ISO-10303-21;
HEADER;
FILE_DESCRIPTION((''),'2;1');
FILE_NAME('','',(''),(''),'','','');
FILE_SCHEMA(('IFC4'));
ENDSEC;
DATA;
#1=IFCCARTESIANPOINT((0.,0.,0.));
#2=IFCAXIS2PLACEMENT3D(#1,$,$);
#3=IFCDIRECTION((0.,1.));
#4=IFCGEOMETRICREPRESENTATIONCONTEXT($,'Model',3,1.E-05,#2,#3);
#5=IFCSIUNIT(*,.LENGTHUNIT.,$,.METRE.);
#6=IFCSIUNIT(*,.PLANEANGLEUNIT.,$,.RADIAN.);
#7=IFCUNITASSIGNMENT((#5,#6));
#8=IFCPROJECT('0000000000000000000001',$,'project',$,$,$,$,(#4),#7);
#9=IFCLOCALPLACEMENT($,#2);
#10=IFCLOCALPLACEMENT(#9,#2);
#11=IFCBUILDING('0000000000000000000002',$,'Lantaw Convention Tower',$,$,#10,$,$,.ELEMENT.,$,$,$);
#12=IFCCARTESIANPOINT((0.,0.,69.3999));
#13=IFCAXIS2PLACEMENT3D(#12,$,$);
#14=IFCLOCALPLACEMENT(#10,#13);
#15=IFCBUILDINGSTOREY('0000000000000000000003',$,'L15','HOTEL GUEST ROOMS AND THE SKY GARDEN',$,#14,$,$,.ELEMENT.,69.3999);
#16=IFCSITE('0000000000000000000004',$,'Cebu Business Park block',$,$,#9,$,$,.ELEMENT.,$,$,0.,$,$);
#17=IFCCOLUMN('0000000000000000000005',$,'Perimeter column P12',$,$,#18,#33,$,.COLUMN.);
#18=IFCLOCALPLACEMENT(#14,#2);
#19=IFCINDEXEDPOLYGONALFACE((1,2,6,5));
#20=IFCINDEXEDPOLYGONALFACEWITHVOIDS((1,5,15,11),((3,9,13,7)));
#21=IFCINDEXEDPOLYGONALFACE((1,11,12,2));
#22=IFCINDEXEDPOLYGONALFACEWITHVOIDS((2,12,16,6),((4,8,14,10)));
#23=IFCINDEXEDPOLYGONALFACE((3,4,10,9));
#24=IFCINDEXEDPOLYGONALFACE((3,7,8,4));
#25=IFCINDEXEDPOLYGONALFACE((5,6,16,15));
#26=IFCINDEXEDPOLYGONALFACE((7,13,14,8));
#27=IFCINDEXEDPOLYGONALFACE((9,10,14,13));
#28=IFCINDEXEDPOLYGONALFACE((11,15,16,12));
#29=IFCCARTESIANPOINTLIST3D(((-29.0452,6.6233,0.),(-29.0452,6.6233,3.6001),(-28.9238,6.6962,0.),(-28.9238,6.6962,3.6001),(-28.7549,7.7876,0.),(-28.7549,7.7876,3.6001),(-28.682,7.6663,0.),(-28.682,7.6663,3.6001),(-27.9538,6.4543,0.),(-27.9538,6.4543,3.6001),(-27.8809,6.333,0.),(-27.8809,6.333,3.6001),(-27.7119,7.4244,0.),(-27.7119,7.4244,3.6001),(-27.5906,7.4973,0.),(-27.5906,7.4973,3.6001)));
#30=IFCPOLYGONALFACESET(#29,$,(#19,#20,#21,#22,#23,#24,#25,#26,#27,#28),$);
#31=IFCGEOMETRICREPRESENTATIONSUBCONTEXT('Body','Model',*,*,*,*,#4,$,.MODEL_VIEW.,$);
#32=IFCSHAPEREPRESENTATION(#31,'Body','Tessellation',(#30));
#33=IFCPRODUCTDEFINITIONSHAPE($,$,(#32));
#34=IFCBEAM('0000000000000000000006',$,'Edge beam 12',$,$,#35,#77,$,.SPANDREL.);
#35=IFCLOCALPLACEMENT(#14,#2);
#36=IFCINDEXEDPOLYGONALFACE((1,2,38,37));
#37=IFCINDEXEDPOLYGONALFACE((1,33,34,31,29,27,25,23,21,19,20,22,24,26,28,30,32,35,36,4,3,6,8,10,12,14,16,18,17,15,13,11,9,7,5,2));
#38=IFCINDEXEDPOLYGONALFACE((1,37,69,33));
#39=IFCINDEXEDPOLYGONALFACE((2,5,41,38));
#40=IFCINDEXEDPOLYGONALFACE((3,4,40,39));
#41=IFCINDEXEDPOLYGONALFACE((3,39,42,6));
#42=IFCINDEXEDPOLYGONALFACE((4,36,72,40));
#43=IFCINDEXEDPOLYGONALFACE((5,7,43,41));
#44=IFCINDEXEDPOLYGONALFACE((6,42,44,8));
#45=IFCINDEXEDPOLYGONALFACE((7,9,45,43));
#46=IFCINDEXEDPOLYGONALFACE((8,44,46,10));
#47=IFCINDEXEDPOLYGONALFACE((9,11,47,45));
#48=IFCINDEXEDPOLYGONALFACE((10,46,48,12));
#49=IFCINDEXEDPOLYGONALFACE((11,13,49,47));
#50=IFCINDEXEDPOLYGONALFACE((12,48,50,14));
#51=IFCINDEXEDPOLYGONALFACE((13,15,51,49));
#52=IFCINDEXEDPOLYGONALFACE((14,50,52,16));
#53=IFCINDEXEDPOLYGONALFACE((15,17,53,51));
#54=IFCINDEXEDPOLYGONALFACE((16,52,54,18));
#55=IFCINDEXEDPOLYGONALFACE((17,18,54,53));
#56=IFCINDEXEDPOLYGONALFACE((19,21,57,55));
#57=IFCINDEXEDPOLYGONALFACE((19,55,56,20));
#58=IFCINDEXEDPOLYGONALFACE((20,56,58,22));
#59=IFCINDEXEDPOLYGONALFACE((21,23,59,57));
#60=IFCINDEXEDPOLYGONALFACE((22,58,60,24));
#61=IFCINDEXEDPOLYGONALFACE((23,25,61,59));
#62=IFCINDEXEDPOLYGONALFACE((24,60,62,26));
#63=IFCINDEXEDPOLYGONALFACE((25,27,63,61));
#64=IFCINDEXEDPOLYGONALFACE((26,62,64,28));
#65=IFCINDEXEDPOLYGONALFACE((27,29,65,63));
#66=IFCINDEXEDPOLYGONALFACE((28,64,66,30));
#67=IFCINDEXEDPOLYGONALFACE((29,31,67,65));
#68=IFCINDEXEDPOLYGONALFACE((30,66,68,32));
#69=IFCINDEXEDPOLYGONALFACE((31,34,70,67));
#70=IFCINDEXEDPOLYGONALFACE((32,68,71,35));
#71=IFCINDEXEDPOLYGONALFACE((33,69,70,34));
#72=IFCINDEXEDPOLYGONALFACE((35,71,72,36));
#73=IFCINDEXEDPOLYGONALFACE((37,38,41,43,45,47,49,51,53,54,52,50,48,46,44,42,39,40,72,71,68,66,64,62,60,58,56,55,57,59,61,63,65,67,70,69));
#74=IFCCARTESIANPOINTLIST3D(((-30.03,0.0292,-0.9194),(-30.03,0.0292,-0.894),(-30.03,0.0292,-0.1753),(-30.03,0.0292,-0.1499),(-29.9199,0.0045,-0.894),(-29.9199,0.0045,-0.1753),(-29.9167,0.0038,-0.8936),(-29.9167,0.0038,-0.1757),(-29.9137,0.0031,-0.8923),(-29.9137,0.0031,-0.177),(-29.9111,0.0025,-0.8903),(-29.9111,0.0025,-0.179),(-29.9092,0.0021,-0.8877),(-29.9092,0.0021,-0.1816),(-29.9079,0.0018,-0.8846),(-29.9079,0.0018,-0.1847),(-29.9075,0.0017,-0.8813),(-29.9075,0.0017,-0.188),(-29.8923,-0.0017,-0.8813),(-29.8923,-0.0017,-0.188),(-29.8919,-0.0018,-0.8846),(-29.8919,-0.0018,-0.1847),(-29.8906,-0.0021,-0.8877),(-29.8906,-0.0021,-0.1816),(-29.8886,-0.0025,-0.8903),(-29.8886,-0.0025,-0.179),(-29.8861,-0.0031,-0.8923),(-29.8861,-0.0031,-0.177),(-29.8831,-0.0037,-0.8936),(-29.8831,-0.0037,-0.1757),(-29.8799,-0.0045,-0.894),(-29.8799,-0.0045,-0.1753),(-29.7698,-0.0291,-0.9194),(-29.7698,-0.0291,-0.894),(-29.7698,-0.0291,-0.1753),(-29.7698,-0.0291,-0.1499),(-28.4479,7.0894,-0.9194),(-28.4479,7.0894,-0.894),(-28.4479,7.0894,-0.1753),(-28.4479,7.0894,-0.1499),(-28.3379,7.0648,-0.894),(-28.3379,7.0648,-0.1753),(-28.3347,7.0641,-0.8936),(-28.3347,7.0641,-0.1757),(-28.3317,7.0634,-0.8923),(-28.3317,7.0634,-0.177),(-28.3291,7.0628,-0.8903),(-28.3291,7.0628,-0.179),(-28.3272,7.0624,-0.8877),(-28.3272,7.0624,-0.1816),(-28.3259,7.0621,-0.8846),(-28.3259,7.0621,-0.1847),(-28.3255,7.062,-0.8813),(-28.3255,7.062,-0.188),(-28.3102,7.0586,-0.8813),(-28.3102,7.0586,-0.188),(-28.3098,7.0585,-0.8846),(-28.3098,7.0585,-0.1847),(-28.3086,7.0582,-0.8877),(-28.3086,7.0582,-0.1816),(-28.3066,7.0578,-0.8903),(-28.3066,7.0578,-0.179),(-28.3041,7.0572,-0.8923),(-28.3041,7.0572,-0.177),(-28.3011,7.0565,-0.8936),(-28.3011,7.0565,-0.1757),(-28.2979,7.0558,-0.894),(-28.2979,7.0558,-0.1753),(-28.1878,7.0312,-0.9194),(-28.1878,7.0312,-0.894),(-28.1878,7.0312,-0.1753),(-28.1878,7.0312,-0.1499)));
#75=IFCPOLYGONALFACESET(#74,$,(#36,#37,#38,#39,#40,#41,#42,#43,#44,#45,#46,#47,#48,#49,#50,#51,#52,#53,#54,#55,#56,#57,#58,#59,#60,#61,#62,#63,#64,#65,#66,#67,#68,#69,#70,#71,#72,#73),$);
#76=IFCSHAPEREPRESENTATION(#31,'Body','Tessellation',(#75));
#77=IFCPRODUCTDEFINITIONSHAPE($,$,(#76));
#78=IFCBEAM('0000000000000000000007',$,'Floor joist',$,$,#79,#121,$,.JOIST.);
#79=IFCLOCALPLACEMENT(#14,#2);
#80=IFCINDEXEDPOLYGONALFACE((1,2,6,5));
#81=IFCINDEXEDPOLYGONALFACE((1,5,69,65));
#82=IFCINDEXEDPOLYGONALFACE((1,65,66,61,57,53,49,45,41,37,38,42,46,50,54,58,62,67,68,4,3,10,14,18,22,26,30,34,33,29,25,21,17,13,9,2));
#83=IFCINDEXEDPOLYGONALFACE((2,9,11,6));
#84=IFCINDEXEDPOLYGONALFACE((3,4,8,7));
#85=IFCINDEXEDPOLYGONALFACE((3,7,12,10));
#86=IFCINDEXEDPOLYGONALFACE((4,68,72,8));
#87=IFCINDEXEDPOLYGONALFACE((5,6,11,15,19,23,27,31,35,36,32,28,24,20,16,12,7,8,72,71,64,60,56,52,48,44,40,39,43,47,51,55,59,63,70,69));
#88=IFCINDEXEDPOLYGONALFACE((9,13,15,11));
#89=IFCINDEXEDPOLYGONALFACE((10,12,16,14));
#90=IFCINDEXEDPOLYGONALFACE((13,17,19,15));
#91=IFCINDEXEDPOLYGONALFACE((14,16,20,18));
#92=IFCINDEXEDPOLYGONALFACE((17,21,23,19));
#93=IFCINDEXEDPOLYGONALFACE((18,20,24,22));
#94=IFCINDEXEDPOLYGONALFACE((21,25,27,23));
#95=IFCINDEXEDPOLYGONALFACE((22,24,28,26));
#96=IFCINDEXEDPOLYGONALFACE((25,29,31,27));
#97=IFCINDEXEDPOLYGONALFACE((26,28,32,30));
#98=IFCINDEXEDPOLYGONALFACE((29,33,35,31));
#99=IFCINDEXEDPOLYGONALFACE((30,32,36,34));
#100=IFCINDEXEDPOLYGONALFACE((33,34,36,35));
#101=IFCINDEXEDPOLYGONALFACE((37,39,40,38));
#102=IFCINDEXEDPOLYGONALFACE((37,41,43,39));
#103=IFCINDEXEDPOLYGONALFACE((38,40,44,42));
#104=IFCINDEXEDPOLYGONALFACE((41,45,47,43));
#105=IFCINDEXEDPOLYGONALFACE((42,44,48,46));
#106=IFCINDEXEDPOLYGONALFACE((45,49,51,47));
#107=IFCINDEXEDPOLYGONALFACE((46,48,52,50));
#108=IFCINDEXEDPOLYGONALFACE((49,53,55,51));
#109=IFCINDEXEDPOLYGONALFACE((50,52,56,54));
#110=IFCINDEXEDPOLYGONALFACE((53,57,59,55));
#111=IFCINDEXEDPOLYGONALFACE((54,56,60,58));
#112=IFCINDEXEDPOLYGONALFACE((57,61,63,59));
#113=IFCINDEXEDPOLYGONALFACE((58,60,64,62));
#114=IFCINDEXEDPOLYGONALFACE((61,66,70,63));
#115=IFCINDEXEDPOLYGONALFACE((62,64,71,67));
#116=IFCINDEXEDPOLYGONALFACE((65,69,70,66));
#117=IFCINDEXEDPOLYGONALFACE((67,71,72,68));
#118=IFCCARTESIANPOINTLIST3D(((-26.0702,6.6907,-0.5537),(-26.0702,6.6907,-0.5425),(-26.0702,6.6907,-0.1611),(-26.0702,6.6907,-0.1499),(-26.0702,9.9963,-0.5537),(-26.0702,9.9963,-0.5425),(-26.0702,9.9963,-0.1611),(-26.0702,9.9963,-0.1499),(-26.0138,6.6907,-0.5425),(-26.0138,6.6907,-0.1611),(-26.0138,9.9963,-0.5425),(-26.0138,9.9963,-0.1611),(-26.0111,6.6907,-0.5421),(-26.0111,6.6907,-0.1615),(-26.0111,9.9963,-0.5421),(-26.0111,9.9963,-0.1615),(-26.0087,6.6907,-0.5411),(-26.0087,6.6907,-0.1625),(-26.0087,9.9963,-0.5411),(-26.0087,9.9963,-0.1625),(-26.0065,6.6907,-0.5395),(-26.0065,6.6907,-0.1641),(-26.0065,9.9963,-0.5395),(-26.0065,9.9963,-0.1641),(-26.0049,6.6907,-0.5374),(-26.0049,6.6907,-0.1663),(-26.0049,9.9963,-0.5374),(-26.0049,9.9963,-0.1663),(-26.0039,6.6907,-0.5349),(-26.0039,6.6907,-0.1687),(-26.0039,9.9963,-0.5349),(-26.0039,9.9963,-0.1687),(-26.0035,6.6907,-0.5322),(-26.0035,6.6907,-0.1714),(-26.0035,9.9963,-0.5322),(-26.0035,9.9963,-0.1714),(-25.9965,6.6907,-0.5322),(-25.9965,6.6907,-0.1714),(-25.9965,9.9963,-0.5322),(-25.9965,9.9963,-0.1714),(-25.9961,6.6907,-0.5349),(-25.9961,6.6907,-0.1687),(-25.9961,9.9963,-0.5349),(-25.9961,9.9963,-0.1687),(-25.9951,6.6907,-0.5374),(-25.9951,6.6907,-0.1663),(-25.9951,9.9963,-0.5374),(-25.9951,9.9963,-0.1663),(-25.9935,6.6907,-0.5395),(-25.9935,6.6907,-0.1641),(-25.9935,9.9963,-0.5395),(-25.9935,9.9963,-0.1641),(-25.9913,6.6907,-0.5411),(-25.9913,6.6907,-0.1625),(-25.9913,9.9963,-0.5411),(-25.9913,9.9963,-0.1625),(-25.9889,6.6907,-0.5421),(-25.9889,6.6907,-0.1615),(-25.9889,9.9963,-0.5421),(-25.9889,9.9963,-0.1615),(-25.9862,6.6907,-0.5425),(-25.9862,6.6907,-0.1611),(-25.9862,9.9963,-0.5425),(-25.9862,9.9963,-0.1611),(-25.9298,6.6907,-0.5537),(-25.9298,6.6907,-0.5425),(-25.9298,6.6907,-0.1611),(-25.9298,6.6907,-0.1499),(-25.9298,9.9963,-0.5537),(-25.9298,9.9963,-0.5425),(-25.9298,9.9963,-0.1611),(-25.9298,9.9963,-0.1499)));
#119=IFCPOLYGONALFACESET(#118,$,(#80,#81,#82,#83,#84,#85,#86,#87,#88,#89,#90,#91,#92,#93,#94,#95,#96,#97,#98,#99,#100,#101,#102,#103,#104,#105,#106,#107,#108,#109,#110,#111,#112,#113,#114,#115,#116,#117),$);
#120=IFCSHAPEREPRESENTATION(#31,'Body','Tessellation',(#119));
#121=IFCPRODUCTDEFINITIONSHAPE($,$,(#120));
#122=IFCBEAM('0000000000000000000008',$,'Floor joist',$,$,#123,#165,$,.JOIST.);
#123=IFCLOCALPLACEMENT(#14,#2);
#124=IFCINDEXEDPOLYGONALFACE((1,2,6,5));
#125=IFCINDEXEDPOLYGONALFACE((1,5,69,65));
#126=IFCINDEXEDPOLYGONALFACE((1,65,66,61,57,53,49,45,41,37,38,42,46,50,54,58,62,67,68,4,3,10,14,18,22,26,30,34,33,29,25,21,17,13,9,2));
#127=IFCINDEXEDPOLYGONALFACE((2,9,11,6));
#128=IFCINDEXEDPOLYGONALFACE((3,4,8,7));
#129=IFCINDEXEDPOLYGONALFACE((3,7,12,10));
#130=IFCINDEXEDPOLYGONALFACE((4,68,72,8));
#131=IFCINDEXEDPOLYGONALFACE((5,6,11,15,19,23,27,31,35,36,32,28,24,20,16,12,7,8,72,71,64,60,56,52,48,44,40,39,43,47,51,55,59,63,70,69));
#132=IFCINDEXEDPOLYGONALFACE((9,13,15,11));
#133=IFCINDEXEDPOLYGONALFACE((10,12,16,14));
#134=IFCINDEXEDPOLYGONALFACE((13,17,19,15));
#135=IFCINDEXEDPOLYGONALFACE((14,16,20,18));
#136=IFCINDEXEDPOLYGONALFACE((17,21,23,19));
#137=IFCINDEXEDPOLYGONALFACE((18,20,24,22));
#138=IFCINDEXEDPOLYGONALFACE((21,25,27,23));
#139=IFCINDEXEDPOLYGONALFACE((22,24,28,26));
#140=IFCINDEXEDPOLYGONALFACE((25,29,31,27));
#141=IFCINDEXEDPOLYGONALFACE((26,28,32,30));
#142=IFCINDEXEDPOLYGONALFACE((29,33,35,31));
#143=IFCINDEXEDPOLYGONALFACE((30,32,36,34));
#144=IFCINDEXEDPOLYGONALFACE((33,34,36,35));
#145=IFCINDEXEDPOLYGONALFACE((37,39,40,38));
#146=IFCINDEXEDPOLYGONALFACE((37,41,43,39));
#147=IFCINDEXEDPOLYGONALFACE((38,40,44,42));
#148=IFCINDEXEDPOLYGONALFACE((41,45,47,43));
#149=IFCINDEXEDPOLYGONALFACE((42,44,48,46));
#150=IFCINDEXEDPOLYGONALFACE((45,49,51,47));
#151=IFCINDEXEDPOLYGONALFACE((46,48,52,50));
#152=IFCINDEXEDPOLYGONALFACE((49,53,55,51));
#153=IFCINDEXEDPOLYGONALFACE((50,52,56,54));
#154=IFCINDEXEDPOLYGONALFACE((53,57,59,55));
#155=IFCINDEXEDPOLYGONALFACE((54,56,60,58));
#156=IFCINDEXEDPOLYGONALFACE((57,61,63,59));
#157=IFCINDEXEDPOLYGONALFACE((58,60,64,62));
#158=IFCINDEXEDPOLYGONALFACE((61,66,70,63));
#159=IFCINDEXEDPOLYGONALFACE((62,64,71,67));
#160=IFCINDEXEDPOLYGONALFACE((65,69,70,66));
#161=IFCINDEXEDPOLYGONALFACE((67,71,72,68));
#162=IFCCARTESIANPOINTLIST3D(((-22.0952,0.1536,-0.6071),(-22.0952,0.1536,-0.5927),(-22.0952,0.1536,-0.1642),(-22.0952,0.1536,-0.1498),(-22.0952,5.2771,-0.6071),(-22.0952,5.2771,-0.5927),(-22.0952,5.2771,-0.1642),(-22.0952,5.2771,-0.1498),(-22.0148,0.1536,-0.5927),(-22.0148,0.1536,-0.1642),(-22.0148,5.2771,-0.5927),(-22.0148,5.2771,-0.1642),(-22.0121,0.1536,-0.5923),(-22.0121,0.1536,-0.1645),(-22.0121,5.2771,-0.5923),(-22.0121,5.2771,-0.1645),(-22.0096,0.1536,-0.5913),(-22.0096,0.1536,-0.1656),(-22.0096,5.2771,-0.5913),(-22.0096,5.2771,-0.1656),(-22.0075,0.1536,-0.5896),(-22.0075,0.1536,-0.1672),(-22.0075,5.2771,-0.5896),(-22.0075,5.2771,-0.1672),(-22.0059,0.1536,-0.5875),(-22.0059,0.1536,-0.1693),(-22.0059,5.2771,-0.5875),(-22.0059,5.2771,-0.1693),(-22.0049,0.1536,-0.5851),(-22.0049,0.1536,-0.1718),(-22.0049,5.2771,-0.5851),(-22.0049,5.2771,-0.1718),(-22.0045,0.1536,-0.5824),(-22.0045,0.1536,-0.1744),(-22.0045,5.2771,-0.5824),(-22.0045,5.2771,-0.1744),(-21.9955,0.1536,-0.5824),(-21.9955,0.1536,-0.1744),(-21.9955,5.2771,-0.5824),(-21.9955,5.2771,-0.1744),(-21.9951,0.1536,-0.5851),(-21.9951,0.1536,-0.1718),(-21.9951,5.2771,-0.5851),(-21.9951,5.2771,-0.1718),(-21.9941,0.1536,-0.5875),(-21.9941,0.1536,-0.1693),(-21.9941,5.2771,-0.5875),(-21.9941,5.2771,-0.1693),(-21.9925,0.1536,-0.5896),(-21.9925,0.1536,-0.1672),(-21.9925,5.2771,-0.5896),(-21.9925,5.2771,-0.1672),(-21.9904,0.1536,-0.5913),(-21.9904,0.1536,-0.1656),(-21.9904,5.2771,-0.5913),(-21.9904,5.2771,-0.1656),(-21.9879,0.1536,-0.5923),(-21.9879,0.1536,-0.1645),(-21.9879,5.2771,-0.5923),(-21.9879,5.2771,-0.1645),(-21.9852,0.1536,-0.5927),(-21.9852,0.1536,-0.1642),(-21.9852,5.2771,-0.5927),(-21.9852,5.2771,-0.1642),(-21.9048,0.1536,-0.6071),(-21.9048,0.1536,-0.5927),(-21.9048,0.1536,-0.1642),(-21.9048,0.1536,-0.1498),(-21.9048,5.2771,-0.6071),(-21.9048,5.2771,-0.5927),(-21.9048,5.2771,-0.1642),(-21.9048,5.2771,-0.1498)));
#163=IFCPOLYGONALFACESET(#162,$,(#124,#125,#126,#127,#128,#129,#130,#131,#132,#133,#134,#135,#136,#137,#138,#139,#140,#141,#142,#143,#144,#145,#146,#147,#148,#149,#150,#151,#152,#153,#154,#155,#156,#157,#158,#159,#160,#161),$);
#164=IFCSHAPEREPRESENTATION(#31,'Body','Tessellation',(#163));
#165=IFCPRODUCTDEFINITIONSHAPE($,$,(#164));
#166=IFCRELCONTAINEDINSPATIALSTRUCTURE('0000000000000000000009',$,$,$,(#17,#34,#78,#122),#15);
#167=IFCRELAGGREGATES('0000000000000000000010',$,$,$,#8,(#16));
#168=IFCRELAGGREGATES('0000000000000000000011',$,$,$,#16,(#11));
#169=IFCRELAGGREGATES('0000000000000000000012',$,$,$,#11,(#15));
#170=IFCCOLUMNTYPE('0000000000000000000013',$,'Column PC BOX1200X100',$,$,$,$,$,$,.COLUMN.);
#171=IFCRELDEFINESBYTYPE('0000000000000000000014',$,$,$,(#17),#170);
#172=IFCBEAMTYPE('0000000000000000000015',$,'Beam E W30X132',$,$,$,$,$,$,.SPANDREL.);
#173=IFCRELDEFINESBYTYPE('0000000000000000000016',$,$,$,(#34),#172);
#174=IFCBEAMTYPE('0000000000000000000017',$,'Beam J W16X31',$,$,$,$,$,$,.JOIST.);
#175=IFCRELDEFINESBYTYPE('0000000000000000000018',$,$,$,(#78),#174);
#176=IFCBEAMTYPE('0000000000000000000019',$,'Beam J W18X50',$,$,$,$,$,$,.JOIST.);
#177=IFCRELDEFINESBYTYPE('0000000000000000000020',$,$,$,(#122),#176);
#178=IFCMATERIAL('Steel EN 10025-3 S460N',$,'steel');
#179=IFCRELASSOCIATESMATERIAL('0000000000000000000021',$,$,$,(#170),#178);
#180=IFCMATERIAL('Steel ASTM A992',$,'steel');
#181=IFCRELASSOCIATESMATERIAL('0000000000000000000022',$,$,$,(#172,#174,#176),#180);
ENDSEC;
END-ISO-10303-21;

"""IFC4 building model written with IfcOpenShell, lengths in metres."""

from ifc_helpers import new_model, si_unit, direction, frame, origin, origin_2d, place, context, subcontext, project, spatial, rectangle, hollow_rectangle, i_section, extrude, material, material_profile, profile_set, type_object, element, save


model = new_model("IFC4")

# Units and contexts
model_context = context("Model", 3, precision=1e-05, world=origin(), true_north=direction((0.0, 1.0)))
body_context = subcontext(model_context, "Body", "Model", "MODEL_VIEW")
ifc_project = project(units=[si_unit("LENGTHUNIT", "METRE"), si_unit("PLANEANGLEUNIT", "RADIAN")], contexts=[model_context])

# Site, building, storey
site_placement = place(None, origin())
site = spatial("IfcSite", under=ifc_project, at=site_placement, Name="Cebu Business Park block", CompositionType="ELEMENT", RefElevation=0.0)
building_placement = place(site_placement, origin())
building = spatial("IfcBuilding", under=site, at=building_placement, Name="Lantaw Convention Tower", CompositionType="ELEMENT")
storey_placement = place(building_placement, frame((0.0, 0.0, 69.3999)))
storey = spatial("IfcBuildingStorey", under=building, at=storey_placement, Name="L15", Description="HOTEL GUEST ROOMS AND THE SKY GARDEN", CompositionType="ELEMENT", Elevation=69.3999)

# Column
ifc_material_1 = material(Name="Steel EN 10025-3 S460N", Category="steel")
ifc_material_profile_1 = material_profile(ifc_material_1, hollow_rectangle(XDim=1.2, YDim=1.2, WallThickness=0.1001, at=origin_2d()), Name="BOX1200X100")
ifc_material_2 = material(Name="Concrete C60/75", Category="concrete")
ifc_material_profile_2 = material_profile(ifc_material_2, rectangle(XDim=1.0, YDim=1.0, at=origin_2d()), Name="Concrete fill of BOX1200X100")
ifc_profile_set_1 = profile_set([ifc_material_profile_1, ifc_material_profile_2], Name="Steel EN 10025-3 S460N")
column_type = type_object("IfcColumnType", Name="Column PC BOX1200X100", PredefinedType="COLUMN", material=ifc_profile_set_1)
column_placement = place(storey_placement, frame((-28.3179, 7.0603, 0.0), z_axis=(0.0, 0.0, 1.0), x_axis=(0.241922, 0.970296, 0.0)))
element("IfcColumn", 1, at=column_placement, inside=storey, type_object=column_type, Name="Perimeter column P12", PredefinedType="COLUMN", context=body_context, shape_type="SweptSolid", body=[
    extrude(hollow_rectangle(XDim=1.2, YDim=1.2, WallThickness=0.1001, at=origin_2d()), origin(), (0.0, 0.0, 1.0), 3.6001),
])

# Beams
ifc_material_3 = material(Name="Steel ASTM A992", Category="steel")
ifc_material_profile_3 = material_profile(ifc_material_3, i_section(OverallWidth=0.2666, OverallDepth=0.7695, WebThickness=0.0156, FlangeThickness=0.0254, FilletRadius=0.0127, at=origin_2d()), Name="W30X132")
ifc_profile_set_2 = profile_set([ifc_material_profile_3], Name="Steel ASTM A992")
beam_type_1 = type_object("IfcBeamType", Name="Beam E W30X132", PredefinedType="SPANDREL", material=ifc_profile_set_2)
beam_1_placement = place(storey_placement, frame((-28.3179, 7.0603, -0.5347), z_axis=(-0.218652, -0.975803, 0.0), x_axis=(0.975803, -0.218652, 0.0)))
element("IfcBeam", 2, at=beam_1_placement, inside=storey, type_object=beam_type_1, Name="Edge beam 12", PredefinedType="SPANDREL", context=body_context, shape_type="SweptSolid", body=[
    extrude(i_section(OverallWidth=0.2666, OverallDepth=0.7695, WebThickness=0.0156, FlangeThickness=0.0254, FilletRadius=0.0127, at=origin_2d()), origin(), (0.0, 0.0, 1.0), 7.2354),
])
ifc_material_profile_4 = material_profile(ifc_material_3, i_section(OverallWidth=0.1404, OverallDepth=0.4038, WebThickness=0.0071, FlangeThickness=0.0112, FilletRadius=0.0103, at=origin_2d()), Name="W16X31")
ifc_profile_set_3 = profile_set([ifc_material_profile_4], Name="Steel ASTM A992")
beam_type_2 = type_object("IfcBeamType", Name="Beam J W16X31", PredefinedType="JOIST", material=ifc_profile_set_3)
beam_2_placement = place(storey_placement, frame((-26.0, 6.6907, -0.3518), z_axis=(0.0, 1.0, 0.0), x_axis=(-1.0, 0.0, 0.0)))
element("IfcBeam", 3, at=beam_2_placement, inside=storey, type_object=beam_type_2, Name="Floor joist", PredefinedType="JOIST", context=body_context, shape_type="SweptSolid", body=[
    extrude(i_section(OverallWidth=0.1404, OverallDepth=0.4038, WebThickness=0.0071, FlangeThickness=0.0112, FilletRadius=0.0103, at=origin_2d()), origin(), (0.0, 0.0, 1.0), 3.3057),
])
ifc_material_profile_5 = material_profile(ifc_material_3, i_section(OverallWidth=0.1904, OverallDepth=0.4573, WebThickness=0.009, FlangeThickness=0.0144, FilletRadius=0.0103, at=origin_2d()), Name="W18X50")
ifc_profile_set_4 = profile_set([ifc_material_profile_5], Name="Steel ASTM A992")
beam_type_3 = type_object("IfcBeamType", Name="Beam J W18X50", PredefinedType="JOIST", material=ifc_profile_set_4)
beam_3_placement = place(storey_placement, frame((-22.0, 0.1536, -0.3784), z_axis=(0.0, 1.0, 0.0), x_axis=(-1.0, 0.0, 0.0)))
element("IfcBeam", 4, at=beam_3_placement, inside=storey, type_object=beam_type_3, Name="Floor joist", PredefinedType="JOIST", context=body_context, shape_type="SweptSolid", body=[
    extrude(i_section(OverallWidth=0.1904, OverallDepth=0.4573, WebThickness=0.009, FlangeThickness=0.0144, FilletRadius=0.0103, at=origin_2d()), origin(), (0.0, 0.0, 1.0), 5.1235),
])

save(model, "model.ifc")
